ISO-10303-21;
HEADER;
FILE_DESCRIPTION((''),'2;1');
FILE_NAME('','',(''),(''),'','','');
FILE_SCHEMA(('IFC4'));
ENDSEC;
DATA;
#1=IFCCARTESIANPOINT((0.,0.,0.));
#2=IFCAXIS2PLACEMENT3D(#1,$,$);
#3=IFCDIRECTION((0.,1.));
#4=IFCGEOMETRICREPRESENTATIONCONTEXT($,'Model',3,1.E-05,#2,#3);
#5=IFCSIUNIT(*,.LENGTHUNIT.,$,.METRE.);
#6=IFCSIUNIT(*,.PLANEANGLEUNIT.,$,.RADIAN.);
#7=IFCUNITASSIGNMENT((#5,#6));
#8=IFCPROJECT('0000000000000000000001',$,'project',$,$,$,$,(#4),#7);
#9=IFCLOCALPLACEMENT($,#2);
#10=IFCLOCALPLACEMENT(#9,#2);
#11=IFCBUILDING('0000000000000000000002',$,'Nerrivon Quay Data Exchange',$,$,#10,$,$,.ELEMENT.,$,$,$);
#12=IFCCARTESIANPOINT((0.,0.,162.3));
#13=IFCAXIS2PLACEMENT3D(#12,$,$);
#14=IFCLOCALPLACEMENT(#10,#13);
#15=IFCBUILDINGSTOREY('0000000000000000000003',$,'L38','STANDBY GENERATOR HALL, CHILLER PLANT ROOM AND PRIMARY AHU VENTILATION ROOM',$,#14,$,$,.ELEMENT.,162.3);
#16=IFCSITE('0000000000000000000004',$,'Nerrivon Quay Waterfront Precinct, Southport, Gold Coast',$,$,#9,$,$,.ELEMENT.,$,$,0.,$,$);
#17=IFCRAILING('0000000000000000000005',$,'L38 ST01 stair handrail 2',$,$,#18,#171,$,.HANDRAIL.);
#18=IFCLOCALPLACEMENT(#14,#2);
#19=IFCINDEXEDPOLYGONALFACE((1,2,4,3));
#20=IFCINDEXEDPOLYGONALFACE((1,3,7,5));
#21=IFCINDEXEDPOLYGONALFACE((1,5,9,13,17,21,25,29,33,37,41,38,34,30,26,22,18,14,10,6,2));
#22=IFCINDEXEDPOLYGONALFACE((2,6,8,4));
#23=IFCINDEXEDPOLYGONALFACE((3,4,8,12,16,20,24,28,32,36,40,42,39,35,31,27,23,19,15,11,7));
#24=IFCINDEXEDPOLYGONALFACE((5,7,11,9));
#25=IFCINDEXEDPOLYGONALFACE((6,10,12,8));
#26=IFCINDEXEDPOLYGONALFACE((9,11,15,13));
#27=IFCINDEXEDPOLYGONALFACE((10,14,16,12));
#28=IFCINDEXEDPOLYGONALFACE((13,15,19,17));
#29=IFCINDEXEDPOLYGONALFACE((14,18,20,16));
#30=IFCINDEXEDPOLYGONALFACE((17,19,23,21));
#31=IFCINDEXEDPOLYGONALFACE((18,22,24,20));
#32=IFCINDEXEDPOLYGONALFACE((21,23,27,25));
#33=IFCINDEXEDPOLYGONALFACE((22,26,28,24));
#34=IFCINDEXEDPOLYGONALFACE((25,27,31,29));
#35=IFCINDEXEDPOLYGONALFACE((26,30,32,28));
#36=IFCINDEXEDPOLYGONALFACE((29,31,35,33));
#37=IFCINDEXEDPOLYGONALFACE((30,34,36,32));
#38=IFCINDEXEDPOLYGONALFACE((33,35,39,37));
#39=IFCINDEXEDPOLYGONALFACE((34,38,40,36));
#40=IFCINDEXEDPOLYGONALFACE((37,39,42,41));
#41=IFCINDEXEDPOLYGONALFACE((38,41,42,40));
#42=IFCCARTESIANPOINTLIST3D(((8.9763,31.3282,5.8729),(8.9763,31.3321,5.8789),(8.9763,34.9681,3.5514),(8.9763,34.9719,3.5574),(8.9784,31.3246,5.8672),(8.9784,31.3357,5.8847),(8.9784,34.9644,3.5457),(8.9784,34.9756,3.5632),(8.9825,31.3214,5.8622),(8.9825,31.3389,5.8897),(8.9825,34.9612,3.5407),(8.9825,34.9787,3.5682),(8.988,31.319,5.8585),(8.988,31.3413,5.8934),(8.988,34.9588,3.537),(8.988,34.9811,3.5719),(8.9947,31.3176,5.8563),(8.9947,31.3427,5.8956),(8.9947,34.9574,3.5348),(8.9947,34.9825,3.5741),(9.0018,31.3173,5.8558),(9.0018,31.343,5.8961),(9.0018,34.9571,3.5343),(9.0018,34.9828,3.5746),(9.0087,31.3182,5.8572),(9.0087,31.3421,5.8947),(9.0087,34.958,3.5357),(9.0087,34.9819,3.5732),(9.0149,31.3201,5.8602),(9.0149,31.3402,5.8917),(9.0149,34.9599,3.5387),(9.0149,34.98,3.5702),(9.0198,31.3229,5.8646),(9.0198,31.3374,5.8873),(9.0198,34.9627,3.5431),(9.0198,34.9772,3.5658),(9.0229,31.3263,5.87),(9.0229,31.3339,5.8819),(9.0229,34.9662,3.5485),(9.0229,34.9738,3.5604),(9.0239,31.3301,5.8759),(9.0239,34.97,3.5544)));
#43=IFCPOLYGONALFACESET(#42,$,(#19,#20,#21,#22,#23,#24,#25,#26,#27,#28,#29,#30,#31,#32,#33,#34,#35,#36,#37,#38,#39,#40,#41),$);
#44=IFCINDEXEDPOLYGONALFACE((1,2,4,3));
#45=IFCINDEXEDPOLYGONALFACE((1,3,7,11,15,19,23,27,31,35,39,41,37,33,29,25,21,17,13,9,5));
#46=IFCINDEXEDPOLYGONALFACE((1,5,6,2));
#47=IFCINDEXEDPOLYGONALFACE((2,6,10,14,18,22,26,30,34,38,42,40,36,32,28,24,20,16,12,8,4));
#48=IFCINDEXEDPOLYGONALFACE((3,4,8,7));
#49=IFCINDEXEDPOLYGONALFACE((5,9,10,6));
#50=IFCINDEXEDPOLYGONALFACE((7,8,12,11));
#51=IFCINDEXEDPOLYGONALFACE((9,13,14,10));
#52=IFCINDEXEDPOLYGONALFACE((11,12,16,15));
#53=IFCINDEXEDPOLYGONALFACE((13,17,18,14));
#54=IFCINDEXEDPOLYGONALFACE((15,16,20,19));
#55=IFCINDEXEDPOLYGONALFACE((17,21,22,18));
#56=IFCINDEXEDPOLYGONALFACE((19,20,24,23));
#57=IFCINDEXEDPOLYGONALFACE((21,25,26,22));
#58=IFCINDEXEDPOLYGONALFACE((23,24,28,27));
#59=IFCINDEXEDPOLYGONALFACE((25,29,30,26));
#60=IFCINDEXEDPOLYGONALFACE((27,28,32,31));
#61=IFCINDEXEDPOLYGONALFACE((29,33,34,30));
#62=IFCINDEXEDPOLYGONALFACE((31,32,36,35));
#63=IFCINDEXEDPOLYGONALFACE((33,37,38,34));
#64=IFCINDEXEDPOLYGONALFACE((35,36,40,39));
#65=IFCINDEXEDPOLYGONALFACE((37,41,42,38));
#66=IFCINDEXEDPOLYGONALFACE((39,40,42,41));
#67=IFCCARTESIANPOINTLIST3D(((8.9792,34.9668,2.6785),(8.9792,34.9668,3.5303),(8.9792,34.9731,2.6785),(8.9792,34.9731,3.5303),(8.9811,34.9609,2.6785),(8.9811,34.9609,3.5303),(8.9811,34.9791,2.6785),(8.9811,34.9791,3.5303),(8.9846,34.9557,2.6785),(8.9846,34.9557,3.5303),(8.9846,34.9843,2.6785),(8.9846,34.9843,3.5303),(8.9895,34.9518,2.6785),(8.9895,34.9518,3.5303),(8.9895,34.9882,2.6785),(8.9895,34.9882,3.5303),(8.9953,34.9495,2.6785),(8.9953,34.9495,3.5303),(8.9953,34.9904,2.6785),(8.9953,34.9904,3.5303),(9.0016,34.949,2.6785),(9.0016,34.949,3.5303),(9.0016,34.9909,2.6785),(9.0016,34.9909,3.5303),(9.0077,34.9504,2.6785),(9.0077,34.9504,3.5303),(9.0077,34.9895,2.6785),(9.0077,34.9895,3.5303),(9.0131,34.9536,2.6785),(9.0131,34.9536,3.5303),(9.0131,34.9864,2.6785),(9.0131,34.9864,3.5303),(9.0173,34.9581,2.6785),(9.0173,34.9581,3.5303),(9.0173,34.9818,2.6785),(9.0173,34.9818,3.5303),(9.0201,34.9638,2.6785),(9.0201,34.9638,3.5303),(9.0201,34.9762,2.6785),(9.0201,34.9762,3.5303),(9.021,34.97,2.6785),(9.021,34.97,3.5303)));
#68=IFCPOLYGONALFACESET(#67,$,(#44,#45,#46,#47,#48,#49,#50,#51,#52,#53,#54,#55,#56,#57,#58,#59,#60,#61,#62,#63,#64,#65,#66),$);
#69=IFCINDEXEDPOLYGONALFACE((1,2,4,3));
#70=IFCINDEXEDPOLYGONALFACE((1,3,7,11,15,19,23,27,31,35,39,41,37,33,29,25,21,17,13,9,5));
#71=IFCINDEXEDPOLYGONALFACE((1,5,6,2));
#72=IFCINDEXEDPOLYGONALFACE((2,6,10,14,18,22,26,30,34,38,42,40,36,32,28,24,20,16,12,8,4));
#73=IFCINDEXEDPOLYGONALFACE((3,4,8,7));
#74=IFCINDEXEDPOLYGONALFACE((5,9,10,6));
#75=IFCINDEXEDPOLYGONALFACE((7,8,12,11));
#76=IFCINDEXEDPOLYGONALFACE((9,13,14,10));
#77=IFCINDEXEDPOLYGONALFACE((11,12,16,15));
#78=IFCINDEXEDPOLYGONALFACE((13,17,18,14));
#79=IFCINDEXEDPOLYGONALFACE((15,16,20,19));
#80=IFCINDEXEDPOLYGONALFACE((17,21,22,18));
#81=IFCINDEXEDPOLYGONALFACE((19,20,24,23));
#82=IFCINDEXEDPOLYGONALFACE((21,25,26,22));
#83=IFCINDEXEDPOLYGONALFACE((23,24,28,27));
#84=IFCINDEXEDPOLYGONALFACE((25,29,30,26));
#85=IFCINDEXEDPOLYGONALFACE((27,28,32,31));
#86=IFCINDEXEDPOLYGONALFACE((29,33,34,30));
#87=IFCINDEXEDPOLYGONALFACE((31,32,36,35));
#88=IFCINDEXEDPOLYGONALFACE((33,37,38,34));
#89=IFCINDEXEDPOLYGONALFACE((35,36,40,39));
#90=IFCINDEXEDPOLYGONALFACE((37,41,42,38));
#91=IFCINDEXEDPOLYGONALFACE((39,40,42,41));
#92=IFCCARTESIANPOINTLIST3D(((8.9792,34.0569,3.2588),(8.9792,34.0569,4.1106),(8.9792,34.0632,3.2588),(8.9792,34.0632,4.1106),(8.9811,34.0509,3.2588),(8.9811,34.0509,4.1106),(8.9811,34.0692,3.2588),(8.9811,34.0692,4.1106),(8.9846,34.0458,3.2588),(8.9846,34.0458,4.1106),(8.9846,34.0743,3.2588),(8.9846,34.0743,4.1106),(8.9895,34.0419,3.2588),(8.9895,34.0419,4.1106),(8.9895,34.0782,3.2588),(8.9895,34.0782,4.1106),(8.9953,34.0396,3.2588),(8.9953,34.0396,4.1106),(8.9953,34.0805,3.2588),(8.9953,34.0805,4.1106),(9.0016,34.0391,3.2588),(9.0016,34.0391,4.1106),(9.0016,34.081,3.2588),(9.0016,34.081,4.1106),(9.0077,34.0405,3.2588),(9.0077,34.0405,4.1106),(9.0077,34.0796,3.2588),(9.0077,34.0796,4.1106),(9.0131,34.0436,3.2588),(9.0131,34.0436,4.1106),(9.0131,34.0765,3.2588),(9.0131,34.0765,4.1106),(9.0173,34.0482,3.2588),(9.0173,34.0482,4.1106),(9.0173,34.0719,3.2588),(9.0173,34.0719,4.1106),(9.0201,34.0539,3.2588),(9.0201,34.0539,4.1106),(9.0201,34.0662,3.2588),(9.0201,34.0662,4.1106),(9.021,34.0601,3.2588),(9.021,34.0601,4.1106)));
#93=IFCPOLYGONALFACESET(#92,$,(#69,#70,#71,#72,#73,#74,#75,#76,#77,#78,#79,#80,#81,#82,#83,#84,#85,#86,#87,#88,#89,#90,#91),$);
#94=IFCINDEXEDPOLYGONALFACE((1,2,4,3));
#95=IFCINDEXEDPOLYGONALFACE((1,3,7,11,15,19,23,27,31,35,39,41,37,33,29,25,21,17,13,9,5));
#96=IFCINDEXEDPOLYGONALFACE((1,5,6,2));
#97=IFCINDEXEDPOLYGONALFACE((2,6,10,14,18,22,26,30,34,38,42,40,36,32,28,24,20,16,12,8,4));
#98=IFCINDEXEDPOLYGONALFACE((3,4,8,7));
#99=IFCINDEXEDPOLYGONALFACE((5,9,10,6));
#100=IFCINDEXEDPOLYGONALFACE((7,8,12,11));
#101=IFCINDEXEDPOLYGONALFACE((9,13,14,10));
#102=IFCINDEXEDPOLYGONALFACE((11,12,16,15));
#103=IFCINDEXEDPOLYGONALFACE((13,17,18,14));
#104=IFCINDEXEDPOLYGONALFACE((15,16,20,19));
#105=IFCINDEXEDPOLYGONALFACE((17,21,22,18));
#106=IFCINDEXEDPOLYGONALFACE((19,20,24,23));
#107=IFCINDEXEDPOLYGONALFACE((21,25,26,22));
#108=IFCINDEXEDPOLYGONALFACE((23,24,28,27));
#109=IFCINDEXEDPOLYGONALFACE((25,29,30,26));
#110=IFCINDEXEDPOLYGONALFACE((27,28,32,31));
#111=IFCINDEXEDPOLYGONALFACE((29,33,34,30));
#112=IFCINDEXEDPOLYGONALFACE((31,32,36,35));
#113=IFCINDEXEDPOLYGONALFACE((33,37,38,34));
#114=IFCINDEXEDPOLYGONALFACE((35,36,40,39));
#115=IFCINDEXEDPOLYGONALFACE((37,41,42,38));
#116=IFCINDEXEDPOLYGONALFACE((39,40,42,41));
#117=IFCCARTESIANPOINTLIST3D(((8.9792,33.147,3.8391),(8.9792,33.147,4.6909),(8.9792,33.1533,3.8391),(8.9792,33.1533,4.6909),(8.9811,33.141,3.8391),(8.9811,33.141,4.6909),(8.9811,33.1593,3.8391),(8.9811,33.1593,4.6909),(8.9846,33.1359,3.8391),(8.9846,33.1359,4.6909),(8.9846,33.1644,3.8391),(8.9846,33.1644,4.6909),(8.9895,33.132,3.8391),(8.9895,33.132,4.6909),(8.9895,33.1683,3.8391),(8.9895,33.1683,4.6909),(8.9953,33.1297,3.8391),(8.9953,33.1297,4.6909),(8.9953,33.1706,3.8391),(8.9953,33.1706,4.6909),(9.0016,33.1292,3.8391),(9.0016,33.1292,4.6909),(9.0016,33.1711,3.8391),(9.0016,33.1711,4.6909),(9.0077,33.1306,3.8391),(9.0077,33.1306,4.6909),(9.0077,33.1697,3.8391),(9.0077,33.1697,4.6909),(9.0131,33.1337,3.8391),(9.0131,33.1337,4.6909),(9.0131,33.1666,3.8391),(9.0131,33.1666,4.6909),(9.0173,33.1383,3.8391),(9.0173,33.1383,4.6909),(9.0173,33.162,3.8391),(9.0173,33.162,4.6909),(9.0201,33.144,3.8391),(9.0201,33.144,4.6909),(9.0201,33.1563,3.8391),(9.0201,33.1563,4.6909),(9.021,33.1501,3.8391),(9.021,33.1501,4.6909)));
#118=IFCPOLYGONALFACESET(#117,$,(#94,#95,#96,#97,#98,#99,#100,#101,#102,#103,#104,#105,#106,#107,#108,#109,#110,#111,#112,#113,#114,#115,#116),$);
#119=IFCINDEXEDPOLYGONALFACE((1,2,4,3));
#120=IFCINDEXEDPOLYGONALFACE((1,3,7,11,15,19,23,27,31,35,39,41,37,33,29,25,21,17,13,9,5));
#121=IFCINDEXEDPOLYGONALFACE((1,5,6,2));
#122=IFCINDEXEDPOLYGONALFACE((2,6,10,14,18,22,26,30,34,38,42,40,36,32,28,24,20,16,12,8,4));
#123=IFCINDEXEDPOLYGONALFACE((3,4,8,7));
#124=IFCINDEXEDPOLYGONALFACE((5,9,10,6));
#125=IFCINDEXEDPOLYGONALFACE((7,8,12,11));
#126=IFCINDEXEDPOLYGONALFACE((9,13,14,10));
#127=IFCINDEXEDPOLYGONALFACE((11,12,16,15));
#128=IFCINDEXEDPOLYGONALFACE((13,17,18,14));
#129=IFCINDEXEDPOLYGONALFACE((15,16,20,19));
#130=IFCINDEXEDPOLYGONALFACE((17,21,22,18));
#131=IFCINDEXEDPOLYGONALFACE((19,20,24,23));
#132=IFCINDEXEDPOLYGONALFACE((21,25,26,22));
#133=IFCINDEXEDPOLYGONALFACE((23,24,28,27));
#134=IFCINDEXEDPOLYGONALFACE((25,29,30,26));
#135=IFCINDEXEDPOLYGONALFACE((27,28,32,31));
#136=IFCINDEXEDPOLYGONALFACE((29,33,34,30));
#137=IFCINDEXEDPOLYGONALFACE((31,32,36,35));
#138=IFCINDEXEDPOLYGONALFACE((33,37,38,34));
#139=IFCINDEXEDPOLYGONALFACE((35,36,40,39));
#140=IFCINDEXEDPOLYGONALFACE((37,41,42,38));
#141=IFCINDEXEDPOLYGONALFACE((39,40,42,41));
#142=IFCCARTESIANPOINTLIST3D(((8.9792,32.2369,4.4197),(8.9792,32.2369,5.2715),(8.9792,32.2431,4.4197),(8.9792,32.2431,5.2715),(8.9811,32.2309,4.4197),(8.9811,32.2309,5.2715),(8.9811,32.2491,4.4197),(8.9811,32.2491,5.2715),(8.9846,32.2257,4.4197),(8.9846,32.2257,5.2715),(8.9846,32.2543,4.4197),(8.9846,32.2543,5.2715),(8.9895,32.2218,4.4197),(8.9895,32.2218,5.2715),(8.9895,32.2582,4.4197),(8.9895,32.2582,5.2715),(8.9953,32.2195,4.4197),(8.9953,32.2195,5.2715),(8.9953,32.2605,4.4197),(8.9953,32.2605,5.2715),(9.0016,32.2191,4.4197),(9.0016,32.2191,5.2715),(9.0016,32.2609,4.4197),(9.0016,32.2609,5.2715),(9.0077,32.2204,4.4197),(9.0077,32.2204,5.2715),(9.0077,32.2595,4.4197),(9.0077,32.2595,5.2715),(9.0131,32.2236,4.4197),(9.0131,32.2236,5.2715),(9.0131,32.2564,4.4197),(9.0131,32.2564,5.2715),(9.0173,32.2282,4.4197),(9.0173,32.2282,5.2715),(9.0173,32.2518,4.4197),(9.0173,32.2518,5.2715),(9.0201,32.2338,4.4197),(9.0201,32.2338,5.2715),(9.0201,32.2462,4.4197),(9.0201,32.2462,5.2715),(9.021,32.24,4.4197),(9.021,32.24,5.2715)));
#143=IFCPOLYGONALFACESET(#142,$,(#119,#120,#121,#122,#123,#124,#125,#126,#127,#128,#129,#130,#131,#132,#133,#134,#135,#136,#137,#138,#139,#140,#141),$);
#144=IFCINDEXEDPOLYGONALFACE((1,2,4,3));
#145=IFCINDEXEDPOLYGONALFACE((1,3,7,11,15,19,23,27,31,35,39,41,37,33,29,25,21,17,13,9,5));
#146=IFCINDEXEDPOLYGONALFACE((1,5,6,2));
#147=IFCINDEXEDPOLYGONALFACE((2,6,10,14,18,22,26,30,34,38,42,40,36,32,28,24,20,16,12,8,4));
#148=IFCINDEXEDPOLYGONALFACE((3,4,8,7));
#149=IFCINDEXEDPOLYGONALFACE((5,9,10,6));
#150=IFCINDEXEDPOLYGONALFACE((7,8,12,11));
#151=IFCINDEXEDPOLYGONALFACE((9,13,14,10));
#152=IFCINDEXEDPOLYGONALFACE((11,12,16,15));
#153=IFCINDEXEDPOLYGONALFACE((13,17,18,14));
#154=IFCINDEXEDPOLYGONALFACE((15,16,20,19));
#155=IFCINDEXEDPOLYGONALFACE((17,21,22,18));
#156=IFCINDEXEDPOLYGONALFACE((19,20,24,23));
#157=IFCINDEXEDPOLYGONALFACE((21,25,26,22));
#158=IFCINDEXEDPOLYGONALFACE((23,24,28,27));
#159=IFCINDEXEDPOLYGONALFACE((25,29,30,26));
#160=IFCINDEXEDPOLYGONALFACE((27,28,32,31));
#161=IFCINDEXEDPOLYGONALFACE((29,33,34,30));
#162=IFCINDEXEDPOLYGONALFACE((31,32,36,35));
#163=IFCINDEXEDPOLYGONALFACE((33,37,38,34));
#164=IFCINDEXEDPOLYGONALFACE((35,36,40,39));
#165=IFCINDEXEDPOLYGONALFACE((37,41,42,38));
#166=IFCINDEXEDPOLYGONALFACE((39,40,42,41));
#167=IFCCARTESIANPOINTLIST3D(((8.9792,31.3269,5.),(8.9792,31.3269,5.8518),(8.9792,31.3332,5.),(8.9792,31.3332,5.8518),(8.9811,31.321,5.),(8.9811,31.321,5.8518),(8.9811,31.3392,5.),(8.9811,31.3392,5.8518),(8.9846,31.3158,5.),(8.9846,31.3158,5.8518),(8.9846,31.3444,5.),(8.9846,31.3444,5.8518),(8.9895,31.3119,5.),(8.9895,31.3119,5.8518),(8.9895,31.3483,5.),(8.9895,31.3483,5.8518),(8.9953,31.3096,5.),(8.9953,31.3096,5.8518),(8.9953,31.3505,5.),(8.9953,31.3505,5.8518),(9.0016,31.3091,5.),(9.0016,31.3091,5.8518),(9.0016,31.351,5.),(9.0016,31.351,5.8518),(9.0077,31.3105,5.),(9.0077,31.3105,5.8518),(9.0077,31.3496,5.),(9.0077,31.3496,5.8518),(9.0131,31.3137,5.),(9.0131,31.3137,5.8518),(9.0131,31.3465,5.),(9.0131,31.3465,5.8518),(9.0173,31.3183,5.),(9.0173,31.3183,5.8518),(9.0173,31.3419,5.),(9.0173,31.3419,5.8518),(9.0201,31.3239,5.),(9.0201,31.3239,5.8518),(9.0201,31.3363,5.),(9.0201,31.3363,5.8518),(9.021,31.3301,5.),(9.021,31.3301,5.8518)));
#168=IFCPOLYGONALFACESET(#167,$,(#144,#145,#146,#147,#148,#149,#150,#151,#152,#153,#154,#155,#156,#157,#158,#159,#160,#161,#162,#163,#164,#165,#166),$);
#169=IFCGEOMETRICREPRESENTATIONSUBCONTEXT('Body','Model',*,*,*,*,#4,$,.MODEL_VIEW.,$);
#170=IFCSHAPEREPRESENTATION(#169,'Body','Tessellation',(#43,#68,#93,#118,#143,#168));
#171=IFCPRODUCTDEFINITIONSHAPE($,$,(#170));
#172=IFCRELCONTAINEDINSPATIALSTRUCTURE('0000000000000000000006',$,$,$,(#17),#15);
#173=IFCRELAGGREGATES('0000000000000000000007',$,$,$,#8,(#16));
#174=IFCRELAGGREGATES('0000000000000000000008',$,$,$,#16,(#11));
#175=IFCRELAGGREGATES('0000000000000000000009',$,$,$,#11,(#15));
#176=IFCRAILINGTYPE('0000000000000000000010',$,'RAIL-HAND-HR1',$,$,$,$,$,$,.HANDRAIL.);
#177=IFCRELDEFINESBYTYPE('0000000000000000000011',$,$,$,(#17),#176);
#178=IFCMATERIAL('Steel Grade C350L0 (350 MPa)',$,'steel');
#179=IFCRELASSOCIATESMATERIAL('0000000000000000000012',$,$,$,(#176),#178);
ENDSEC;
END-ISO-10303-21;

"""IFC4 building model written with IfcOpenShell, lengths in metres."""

from ifc_helpers import new_model, si_unit, direction, frame, origin, origin_2d, place, context, subcontext, project, spatial, circle, extrude, material, type_object, element, save


model = new_model("IFC4")

# Units and contexts
model_context = context("Model", 3, precision=1e-05, world=origin(), true_north=direction((0.0, 1.0)))
body_context = subcontext(model_context, "Body", "Model", "MODEL_VIEW")
ifc_project = project(units=[si_unit("LENGTHUNIT", "METRE"), si_unit("PLANEANGLEUNIT", "RADIAN")], contexts=[model_context])

# Site, building, storey
site_placement = place(None, origin())
site = spatial("IfcSite", under=ifc_project, at=site_placement, Name="Nerrivon Quay Waterfront Precinct, Southport, Gold Coast", CompositionType="ELEMENT", RefElevation=0.0)
building_placement = place(site_placement, origin())
building = spatial("IfcBuilding", under=site, at=building_placement, Name="Nerrivon Quay Data Exchange", CompositionType="ELEMENT")
storey_placement = place(building_placement, frame((0.0, 0.0, 162.3)))
storey = spatial("IfcBuildingStorey", under=building, at=storey_placement, Name="L38", Description="STANDBY GENERATOR HALL, CHILLER PLANT ROOM AND PRIMARY AHU VENTILATION ROOM", CompositionType="ELEMENT", Elevation=162.3)

# Shared definitions
ifc_material_1 = material(Name="Steel Grade C350L0 (350 MPa)", Category="steel")

# Railing
railing_type_1 = type_object("IfcRailingType", Name="RAIL-HAND-HR1", PredefinedType="HANDRAIL", material=ifc_material_1)
railing_1_placement = place(storey_placement, frame((9.0, 34.97, 2.6785)))
element("IfcRailing", 1, at=railing_1_placement, inside=storey, type_object=railing_type_1, Name="L38 ST01 stair handrail 2", PredefinedType="HANDRAIL", context=body_context, shape_type="SweptSolid", body=[
    extrude(circle(Radius=0.0239, at=origin_2d()), frame((0.0, 0.0, 0.876), z_axis=(0.0, -0.843112, 0.537739), x_axis=(1.0, 0.0, 0.0)), (0.0, 0.0, 1.0), 4.3171),
    extrude(circle(Radius=0.021, at=origin_2d()), origin(), (0.0, 0.0, 1.0), 0.8518),
    extrude(circle(Radius=0.021, at=origin_2d()), frame((0.0, -0.9099, 0.5803)), (0.0, 0.0, 1.0), 0.8518),
    extrude(circle(Radius=0.021, at=origin_2d()), frame((0.0, -1.8198, 1.1606)), (0.0, 0.0, 1.0), 0.8518),
    extrude(circle(Radius=0.021, at=origin_2d()), frame((0.0, -2.73, 1.7412)), (0.0, 0.0, 1.0), 0.8518),
    extrude(circle(Radius=0.021, at=origin_2d()), frame((0.0, -3.6399, 2.3215)), (0.0, 0.0, 1.0), 0.8518),
])

save(model, "model.ifc")
